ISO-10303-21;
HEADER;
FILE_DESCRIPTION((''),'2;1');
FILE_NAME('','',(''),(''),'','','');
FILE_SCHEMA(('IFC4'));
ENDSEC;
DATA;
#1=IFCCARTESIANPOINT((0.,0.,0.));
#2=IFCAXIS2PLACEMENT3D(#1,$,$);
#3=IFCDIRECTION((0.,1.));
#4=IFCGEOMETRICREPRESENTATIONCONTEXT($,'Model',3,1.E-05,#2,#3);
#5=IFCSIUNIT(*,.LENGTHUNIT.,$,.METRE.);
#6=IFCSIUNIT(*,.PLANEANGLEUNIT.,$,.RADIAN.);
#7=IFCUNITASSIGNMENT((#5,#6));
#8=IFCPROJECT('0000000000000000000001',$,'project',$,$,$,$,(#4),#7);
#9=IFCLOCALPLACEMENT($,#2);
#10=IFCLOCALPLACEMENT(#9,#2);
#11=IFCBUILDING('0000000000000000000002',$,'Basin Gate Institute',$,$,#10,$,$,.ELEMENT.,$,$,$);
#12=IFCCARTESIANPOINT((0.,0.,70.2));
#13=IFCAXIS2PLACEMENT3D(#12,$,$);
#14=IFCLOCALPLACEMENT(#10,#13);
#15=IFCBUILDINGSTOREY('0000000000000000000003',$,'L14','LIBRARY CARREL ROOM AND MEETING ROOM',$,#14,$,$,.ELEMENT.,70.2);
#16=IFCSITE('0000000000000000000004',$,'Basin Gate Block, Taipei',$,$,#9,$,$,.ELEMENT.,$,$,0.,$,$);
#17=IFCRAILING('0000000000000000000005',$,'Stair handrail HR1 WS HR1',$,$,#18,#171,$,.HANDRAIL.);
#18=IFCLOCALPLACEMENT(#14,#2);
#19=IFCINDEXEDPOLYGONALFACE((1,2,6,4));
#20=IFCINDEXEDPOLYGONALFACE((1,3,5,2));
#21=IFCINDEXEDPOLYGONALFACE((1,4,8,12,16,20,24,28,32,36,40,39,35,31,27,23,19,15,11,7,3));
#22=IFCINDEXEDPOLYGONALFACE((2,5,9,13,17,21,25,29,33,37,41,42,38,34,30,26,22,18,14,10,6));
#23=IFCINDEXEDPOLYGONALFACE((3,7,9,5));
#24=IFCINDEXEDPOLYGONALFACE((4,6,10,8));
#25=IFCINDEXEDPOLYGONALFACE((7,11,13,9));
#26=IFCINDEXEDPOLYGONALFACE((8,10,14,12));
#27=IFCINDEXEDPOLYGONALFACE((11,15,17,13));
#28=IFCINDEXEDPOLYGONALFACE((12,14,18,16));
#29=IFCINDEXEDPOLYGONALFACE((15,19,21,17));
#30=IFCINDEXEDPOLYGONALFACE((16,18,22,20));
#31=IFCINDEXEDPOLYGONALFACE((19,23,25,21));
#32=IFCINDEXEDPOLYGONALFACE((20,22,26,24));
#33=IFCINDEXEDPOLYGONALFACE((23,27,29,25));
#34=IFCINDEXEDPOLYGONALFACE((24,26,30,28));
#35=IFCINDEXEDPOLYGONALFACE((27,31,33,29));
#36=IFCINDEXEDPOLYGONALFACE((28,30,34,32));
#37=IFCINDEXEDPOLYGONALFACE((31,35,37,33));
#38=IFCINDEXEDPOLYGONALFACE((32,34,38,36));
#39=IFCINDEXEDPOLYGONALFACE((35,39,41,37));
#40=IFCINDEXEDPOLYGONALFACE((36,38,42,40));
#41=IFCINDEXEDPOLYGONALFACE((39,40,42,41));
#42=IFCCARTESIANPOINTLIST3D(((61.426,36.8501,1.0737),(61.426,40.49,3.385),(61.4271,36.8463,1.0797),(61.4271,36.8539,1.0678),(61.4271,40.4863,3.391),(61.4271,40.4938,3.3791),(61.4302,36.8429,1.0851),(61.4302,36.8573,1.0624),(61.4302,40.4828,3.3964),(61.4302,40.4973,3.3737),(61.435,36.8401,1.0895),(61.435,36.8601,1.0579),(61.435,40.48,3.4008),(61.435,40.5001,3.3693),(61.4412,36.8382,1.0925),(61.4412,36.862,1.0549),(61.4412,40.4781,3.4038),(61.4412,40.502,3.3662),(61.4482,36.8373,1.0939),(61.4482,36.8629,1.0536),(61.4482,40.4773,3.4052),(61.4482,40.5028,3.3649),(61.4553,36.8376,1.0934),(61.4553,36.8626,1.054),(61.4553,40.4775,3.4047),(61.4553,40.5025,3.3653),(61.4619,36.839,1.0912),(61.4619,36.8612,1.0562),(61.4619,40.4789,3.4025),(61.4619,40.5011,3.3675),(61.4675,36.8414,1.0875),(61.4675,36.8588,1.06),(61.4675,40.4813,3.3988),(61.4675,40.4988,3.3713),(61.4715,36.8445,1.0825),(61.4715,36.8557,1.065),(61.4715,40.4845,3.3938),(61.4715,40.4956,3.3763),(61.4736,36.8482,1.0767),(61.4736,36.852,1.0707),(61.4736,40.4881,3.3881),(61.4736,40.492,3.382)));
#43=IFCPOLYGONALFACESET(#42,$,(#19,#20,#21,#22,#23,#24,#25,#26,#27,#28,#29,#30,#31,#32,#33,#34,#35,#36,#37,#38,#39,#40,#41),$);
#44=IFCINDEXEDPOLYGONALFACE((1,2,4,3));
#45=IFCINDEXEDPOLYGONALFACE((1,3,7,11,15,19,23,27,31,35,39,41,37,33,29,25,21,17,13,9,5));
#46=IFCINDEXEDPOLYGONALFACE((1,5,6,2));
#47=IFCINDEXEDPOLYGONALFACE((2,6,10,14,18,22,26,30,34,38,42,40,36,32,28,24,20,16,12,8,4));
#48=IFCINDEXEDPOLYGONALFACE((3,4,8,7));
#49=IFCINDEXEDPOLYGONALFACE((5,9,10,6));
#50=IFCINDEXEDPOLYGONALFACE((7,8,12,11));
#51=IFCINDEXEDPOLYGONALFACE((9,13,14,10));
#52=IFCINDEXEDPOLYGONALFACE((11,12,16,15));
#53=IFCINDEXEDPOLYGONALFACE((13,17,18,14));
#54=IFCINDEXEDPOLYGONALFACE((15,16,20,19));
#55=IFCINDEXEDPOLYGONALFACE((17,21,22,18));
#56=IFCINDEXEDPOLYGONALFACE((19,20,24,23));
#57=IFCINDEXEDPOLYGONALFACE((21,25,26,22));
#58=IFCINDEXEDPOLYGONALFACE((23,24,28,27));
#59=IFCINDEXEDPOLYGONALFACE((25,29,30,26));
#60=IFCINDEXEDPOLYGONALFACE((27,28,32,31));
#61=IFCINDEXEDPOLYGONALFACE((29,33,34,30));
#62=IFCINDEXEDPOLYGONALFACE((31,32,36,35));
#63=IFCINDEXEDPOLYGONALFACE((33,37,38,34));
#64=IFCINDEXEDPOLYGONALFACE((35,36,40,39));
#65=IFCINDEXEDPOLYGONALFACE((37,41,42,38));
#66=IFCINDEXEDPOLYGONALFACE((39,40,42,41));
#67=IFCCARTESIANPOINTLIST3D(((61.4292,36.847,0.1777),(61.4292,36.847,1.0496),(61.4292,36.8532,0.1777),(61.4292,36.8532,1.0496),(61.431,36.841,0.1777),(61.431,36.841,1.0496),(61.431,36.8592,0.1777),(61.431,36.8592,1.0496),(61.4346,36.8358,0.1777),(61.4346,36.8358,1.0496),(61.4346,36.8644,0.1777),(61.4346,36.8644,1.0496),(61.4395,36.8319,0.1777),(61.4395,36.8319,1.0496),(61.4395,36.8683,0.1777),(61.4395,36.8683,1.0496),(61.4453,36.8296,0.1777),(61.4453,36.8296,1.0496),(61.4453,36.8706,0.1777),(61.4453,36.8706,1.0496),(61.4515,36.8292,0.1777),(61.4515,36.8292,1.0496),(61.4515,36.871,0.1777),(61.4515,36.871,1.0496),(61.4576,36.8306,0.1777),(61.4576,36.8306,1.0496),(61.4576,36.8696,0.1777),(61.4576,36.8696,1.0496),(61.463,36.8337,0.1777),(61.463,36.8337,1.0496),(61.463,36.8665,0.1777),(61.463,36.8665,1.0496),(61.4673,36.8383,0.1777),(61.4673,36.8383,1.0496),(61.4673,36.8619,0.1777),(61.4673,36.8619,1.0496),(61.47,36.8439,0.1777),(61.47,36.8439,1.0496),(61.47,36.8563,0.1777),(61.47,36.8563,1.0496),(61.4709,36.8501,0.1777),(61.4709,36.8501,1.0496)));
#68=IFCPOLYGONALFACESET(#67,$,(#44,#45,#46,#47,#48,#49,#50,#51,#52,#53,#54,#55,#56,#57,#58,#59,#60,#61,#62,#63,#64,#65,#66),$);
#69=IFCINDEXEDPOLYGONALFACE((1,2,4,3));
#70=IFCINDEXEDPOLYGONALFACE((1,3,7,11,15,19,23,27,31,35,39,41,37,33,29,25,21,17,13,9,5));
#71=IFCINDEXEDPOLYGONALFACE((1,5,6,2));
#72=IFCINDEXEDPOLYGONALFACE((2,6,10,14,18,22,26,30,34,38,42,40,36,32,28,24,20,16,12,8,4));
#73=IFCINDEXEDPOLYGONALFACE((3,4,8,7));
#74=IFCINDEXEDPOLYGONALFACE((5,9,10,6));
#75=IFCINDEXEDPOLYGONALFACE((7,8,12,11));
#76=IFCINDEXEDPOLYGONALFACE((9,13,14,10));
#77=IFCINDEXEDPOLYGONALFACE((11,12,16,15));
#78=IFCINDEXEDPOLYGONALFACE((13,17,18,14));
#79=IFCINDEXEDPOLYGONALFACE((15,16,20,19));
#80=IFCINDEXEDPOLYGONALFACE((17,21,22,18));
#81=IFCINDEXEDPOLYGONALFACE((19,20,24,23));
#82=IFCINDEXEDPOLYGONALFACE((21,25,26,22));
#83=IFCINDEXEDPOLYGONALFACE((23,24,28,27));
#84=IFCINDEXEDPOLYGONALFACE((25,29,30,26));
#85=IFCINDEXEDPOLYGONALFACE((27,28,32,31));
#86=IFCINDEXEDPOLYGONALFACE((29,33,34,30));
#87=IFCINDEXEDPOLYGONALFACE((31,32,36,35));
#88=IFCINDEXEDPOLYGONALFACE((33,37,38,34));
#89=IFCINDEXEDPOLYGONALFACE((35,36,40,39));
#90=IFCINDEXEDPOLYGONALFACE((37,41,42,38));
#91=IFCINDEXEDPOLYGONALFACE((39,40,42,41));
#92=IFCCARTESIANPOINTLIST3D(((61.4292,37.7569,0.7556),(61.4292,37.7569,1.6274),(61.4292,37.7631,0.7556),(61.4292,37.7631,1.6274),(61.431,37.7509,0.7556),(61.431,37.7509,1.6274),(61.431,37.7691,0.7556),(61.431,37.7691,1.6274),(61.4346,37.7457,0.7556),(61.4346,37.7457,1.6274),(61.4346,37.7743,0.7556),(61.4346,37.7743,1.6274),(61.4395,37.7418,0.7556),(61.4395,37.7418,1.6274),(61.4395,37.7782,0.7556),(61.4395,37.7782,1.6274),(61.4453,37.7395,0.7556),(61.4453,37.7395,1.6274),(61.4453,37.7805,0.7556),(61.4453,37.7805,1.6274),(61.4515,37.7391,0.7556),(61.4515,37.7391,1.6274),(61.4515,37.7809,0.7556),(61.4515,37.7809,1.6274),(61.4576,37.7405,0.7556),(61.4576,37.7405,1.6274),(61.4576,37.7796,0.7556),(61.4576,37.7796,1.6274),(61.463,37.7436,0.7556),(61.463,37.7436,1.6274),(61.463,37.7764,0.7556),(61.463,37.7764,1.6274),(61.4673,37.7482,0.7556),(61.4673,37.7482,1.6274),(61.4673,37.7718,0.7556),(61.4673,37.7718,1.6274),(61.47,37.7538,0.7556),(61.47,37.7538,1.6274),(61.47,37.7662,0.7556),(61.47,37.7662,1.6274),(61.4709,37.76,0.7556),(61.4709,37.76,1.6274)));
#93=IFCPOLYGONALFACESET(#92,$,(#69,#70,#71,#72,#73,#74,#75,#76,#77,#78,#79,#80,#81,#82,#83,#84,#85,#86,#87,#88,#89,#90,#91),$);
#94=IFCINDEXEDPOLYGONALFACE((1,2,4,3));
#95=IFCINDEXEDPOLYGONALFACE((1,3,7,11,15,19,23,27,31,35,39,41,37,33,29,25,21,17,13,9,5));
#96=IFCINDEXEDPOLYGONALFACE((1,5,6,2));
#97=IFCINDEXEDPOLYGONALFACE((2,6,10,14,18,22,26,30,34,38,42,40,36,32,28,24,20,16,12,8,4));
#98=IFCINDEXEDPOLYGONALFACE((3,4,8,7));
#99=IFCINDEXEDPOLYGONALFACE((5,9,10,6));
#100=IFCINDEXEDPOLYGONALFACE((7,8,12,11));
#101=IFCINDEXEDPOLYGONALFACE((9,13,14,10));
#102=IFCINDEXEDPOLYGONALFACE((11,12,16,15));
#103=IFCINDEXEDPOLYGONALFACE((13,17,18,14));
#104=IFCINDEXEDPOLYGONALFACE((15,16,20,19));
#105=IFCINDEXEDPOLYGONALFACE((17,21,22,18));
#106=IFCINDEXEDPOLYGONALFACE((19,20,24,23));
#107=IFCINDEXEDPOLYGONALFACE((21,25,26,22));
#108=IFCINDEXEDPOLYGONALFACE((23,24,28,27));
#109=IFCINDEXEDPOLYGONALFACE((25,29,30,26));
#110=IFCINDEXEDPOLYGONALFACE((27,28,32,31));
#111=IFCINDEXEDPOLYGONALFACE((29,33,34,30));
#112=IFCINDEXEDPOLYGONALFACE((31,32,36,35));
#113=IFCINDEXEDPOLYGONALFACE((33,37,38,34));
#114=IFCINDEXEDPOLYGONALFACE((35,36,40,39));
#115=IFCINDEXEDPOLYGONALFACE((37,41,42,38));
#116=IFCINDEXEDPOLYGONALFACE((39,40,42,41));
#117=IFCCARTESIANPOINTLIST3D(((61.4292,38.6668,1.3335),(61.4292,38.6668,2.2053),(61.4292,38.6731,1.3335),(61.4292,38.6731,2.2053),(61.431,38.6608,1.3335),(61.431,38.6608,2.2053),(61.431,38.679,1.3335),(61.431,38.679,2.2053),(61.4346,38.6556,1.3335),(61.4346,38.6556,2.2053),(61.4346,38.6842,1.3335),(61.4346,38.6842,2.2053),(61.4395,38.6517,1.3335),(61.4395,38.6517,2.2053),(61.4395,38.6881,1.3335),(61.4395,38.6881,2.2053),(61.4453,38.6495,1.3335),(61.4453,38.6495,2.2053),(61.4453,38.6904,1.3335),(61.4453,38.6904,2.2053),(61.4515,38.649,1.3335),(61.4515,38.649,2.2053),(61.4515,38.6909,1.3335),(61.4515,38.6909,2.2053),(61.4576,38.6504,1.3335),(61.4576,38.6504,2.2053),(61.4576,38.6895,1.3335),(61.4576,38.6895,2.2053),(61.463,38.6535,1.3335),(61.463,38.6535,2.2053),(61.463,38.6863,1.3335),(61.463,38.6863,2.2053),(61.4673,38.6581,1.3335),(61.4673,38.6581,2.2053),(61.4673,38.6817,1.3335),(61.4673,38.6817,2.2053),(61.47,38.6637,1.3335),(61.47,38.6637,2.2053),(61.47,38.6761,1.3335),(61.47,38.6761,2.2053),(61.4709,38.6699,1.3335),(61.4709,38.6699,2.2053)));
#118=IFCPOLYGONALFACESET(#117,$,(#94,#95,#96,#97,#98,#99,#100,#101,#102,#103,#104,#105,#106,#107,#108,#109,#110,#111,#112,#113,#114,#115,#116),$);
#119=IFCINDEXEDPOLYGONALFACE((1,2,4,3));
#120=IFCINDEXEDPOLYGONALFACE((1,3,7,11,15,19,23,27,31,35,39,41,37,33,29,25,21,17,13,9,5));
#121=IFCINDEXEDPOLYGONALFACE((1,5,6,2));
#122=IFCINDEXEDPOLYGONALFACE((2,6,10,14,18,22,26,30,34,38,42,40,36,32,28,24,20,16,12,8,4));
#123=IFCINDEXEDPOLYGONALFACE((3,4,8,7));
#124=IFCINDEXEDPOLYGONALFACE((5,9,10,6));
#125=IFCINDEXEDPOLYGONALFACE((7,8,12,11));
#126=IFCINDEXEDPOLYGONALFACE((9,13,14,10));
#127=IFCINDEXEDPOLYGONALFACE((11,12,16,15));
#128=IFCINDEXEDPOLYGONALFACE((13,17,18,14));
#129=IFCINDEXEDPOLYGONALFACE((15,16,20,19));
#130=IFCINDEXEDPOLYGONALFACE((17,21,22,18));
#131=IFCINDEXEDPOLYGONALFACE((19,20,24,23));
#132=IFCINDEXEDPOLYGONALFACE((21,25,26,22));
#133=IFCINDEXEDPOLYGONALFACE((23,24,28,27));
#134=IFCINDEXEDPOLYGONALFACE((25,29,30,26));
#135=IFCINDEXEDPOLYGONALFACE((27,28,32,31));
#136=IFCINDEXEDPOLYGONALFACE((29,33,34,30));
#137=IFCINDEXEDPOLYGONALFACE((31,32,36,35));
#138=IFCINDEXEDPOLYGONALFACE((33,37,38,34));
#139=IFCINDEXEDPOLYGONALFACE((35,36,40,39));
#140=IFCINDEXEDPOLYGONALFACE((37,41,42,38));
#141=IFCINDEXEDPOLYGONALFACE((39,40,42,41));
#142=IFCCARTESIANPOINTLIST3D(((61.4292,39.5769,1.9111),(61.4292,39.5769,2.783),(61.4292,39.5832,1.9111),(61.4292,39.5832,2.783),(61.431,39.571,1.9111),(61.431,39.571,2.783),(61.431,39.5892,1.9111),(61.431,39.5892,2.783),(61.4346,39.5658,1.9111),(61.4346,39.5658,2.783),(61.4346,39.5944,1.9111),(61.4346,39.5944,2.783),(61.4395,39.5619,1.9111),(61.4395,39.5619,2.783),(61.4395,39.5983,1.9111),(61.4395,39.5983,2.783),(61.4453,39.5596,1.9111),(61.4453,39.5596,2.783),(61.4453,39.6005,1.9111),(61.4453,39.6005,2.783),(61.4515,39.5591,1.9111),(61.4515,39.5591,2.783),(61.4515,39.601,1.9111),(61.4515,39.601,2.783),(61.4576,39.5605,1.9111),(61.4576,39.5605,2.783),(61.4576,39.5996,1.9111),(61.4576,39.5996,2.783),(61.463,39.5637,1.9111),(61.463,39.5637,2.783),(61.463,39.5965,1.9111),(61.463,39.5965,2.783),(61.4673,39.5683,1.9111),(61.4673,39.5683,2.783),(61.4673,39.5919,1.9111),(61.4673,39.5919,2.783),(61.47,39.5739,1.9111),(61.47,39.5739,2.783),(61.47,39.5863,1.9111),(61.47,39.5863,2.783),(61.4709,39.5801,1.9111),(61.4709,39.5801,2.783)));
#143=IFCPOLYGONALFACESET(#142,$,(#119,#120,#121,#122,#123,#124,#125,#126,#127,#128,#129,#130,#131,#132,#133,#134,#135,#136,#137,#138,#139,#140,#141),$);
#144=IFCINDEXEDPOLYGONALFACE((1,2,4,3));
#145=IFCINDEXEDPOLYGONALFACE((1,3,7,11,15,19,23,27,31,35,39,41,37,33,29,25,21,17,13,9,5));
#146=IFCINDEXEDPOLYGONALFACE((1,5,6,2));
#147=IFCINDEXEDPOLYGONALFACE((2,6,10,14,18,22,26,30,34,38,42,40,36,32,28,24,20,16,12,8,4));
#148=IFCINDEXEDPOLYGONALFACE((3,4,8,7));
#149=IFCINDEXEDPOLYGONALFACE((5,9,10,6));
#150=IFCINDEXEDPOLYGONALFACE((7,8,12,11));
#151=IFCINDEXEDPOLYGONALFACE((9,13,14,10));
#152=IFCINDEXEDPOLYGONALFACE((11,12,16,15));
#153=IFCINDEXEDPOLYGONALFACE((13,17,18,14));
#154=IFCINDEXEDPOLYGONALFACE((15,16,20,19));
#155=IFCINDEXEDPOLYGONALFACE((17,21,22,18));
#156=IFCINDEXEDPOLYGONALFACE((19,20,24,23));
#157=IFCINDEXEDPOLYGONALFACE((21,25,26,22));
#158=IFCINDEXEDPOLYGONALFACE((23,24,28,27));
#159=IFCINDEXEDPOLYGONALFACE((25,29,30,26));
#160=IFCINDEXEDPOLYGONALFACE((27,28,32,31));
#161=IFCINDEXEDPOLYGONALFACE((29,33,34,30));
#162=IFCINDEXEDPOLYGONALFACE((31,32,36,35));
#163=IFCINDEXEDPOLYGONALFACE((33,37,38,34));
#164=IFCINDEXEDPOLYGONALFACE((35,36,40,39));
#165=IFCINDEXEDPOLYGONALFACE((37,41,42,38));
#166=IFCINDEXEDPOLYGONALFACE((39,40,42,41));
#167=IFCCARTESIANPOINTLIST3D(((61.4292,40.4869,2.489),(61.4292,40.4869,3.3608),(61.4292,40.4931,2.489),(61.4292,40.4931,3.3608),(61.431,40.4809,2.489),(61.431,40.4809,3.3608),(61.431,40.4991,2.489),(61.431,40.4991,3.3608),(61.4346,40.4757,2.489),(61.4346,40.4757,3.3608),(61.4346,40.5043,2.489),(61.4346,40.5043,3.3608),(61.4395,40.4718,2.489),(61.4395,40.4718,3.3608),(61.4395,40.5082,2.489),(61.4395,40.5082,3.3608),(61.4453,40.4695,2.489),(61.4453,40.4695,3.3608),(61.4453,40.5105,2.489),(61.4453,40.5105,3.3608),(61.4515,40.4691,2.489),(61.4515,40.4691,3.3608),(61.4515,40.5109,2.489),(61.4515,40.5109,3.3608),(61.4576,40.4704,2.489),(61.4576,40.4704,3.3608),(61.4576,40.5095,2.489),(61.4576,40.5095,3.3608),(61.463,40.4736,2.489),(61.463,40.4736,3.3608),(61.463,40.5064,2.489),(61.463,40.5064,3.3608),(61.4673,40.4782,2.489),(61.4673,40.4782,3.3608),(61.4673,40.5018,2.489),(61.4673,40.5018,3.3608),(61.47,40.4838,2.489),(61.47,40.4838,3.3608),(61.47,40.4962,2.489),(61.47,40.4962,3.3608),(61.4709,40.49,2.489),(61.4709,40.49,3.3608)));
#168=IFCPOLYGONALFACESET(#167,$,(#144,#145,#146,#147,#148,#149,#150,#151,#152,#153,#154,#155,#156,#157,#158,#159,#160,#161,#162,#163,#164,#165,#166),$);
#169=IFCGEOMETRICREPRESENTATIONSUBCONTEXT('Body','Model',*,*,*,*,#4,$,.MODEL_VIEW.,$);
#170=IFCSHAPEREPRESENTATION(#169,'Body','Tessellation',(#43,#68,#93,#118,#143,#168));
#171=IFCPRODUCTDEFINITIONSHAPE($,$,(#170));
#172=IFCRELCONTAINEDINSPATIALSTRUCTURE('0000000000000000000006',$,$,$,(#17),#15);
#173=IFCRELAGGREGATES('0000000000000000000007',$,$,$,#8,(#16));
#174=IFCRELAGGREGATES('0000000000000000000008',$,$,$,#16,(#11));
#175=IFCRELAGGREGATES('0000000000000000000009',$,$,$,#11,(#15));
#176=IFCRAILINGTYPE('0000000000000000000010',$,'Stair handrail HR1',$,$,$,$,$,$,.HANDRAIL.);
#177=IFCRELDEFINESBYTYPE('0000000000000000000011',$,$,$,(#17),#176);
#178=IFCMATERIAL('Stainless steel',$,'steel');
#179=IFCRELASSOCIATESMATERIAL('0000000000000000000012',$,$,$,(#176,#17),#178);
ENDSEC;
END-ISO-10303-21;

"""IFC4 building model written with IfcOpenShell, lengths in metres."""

from ifc_helpers import new_model, si_unit, direction, frame, origin, origin_2d, place, context, subcontext, project, spatial, circle, extrude, material, type_object, element, save


model = new_model("IFC4")

# Units and contexts
model_context = context("Model", 3, precision=1e-05, world=origin(), true_north=direction((0.0, 1.0)))
body_context = subcontext(model_context, "Body", "Model", "MODEL_VIEW")
ifc_project = project(units=[si_unit("LENGTHUNIT", "METRE"), si_unit("PLANEANGLEUNIT", "RADIAN")], contexts=[model_context])

# Site, building, storey
site_placement = place(None, origin())
site = spatial("IfcSite", under=ifc_project, at=site_placement, Name="Basin Gate Block, Taipei", CompositionType="ELEMENT", RefElevation=0.0)
building_placement = place(site_placement, origin())
building = spatial("IfcBuilding", under=site, at=building_placement, Name="Basin Gate Institute", CompositionType="ELEMENT")
storey_placement = place(building_placement, frame((0.0, 0.0, 70.2)))
storey = spatial("IfcBuildingStorey", under=building, at=storey_placement, Name="L14", Description="LIBRARY CARREL ROOM AND MEETING ROOM", CompositionType="ELEMENT", Elevation=70.2)

# Railing
ifc_material_1 = material(Name="Stainless steel", Category="steel")
railing_type_1 = type_object("IfcRailingType", Name="Stair handrail HR1", PredefinedType="HANDRAIL", material=ifc_material_1)
for number, where, name in (
    (1, (61.45, 36.8501, 0.1777), "Stair handrail HR1 WS HR1"),
):
    element("IfcRailing", number, at=place(storey_placement, frame(where)), inside=storey, type_object=railing_type_1, material=ifc_material_1, Name=name, PredefinedType="HANDRAIL", context=body_context, shape_type="SweptSolid", body=[
        extrude(circle(Radius=0.0239, at=origin_2d()), frame((0.0, 0.0, 0.896), z_axis=(0.0, 0.844188, 0.536047), x_axis=(-1.0, 0.0, 0.0)), (0.0, 0.0, 1.0), 4.3118),
        extrude(circle(Radius=0.021, at=origin_2d()), origin(), (0.0, 0.0, 1.0), 0.8718),
        extrude(circle(Radius=0.021, at=origin_2d()), frame((0.0, 0.9099, 0.5779)), (0.0, 0.0, 1.0), 0.8718),
        extrude(circle(Radius=0.021, at=origin_2d()), frame((0.0, 1.8198, 1.1558)), (0.0, 0.0, 1.0), 0.8718),
        extrude(circle(Radius=0.021, at=origin_2d()), frame((0.0, 2.73, 1.7334)), (0.0, 0.0, 1.0), 0.8718),
        extrude(circle(Radius=0.021, at=origin_2d()), frame((0.0, 3.6399, 2.3113)), (0.0, 0.0, 1.0), 0.8718),
    ])

save(model, "model.ifc")
